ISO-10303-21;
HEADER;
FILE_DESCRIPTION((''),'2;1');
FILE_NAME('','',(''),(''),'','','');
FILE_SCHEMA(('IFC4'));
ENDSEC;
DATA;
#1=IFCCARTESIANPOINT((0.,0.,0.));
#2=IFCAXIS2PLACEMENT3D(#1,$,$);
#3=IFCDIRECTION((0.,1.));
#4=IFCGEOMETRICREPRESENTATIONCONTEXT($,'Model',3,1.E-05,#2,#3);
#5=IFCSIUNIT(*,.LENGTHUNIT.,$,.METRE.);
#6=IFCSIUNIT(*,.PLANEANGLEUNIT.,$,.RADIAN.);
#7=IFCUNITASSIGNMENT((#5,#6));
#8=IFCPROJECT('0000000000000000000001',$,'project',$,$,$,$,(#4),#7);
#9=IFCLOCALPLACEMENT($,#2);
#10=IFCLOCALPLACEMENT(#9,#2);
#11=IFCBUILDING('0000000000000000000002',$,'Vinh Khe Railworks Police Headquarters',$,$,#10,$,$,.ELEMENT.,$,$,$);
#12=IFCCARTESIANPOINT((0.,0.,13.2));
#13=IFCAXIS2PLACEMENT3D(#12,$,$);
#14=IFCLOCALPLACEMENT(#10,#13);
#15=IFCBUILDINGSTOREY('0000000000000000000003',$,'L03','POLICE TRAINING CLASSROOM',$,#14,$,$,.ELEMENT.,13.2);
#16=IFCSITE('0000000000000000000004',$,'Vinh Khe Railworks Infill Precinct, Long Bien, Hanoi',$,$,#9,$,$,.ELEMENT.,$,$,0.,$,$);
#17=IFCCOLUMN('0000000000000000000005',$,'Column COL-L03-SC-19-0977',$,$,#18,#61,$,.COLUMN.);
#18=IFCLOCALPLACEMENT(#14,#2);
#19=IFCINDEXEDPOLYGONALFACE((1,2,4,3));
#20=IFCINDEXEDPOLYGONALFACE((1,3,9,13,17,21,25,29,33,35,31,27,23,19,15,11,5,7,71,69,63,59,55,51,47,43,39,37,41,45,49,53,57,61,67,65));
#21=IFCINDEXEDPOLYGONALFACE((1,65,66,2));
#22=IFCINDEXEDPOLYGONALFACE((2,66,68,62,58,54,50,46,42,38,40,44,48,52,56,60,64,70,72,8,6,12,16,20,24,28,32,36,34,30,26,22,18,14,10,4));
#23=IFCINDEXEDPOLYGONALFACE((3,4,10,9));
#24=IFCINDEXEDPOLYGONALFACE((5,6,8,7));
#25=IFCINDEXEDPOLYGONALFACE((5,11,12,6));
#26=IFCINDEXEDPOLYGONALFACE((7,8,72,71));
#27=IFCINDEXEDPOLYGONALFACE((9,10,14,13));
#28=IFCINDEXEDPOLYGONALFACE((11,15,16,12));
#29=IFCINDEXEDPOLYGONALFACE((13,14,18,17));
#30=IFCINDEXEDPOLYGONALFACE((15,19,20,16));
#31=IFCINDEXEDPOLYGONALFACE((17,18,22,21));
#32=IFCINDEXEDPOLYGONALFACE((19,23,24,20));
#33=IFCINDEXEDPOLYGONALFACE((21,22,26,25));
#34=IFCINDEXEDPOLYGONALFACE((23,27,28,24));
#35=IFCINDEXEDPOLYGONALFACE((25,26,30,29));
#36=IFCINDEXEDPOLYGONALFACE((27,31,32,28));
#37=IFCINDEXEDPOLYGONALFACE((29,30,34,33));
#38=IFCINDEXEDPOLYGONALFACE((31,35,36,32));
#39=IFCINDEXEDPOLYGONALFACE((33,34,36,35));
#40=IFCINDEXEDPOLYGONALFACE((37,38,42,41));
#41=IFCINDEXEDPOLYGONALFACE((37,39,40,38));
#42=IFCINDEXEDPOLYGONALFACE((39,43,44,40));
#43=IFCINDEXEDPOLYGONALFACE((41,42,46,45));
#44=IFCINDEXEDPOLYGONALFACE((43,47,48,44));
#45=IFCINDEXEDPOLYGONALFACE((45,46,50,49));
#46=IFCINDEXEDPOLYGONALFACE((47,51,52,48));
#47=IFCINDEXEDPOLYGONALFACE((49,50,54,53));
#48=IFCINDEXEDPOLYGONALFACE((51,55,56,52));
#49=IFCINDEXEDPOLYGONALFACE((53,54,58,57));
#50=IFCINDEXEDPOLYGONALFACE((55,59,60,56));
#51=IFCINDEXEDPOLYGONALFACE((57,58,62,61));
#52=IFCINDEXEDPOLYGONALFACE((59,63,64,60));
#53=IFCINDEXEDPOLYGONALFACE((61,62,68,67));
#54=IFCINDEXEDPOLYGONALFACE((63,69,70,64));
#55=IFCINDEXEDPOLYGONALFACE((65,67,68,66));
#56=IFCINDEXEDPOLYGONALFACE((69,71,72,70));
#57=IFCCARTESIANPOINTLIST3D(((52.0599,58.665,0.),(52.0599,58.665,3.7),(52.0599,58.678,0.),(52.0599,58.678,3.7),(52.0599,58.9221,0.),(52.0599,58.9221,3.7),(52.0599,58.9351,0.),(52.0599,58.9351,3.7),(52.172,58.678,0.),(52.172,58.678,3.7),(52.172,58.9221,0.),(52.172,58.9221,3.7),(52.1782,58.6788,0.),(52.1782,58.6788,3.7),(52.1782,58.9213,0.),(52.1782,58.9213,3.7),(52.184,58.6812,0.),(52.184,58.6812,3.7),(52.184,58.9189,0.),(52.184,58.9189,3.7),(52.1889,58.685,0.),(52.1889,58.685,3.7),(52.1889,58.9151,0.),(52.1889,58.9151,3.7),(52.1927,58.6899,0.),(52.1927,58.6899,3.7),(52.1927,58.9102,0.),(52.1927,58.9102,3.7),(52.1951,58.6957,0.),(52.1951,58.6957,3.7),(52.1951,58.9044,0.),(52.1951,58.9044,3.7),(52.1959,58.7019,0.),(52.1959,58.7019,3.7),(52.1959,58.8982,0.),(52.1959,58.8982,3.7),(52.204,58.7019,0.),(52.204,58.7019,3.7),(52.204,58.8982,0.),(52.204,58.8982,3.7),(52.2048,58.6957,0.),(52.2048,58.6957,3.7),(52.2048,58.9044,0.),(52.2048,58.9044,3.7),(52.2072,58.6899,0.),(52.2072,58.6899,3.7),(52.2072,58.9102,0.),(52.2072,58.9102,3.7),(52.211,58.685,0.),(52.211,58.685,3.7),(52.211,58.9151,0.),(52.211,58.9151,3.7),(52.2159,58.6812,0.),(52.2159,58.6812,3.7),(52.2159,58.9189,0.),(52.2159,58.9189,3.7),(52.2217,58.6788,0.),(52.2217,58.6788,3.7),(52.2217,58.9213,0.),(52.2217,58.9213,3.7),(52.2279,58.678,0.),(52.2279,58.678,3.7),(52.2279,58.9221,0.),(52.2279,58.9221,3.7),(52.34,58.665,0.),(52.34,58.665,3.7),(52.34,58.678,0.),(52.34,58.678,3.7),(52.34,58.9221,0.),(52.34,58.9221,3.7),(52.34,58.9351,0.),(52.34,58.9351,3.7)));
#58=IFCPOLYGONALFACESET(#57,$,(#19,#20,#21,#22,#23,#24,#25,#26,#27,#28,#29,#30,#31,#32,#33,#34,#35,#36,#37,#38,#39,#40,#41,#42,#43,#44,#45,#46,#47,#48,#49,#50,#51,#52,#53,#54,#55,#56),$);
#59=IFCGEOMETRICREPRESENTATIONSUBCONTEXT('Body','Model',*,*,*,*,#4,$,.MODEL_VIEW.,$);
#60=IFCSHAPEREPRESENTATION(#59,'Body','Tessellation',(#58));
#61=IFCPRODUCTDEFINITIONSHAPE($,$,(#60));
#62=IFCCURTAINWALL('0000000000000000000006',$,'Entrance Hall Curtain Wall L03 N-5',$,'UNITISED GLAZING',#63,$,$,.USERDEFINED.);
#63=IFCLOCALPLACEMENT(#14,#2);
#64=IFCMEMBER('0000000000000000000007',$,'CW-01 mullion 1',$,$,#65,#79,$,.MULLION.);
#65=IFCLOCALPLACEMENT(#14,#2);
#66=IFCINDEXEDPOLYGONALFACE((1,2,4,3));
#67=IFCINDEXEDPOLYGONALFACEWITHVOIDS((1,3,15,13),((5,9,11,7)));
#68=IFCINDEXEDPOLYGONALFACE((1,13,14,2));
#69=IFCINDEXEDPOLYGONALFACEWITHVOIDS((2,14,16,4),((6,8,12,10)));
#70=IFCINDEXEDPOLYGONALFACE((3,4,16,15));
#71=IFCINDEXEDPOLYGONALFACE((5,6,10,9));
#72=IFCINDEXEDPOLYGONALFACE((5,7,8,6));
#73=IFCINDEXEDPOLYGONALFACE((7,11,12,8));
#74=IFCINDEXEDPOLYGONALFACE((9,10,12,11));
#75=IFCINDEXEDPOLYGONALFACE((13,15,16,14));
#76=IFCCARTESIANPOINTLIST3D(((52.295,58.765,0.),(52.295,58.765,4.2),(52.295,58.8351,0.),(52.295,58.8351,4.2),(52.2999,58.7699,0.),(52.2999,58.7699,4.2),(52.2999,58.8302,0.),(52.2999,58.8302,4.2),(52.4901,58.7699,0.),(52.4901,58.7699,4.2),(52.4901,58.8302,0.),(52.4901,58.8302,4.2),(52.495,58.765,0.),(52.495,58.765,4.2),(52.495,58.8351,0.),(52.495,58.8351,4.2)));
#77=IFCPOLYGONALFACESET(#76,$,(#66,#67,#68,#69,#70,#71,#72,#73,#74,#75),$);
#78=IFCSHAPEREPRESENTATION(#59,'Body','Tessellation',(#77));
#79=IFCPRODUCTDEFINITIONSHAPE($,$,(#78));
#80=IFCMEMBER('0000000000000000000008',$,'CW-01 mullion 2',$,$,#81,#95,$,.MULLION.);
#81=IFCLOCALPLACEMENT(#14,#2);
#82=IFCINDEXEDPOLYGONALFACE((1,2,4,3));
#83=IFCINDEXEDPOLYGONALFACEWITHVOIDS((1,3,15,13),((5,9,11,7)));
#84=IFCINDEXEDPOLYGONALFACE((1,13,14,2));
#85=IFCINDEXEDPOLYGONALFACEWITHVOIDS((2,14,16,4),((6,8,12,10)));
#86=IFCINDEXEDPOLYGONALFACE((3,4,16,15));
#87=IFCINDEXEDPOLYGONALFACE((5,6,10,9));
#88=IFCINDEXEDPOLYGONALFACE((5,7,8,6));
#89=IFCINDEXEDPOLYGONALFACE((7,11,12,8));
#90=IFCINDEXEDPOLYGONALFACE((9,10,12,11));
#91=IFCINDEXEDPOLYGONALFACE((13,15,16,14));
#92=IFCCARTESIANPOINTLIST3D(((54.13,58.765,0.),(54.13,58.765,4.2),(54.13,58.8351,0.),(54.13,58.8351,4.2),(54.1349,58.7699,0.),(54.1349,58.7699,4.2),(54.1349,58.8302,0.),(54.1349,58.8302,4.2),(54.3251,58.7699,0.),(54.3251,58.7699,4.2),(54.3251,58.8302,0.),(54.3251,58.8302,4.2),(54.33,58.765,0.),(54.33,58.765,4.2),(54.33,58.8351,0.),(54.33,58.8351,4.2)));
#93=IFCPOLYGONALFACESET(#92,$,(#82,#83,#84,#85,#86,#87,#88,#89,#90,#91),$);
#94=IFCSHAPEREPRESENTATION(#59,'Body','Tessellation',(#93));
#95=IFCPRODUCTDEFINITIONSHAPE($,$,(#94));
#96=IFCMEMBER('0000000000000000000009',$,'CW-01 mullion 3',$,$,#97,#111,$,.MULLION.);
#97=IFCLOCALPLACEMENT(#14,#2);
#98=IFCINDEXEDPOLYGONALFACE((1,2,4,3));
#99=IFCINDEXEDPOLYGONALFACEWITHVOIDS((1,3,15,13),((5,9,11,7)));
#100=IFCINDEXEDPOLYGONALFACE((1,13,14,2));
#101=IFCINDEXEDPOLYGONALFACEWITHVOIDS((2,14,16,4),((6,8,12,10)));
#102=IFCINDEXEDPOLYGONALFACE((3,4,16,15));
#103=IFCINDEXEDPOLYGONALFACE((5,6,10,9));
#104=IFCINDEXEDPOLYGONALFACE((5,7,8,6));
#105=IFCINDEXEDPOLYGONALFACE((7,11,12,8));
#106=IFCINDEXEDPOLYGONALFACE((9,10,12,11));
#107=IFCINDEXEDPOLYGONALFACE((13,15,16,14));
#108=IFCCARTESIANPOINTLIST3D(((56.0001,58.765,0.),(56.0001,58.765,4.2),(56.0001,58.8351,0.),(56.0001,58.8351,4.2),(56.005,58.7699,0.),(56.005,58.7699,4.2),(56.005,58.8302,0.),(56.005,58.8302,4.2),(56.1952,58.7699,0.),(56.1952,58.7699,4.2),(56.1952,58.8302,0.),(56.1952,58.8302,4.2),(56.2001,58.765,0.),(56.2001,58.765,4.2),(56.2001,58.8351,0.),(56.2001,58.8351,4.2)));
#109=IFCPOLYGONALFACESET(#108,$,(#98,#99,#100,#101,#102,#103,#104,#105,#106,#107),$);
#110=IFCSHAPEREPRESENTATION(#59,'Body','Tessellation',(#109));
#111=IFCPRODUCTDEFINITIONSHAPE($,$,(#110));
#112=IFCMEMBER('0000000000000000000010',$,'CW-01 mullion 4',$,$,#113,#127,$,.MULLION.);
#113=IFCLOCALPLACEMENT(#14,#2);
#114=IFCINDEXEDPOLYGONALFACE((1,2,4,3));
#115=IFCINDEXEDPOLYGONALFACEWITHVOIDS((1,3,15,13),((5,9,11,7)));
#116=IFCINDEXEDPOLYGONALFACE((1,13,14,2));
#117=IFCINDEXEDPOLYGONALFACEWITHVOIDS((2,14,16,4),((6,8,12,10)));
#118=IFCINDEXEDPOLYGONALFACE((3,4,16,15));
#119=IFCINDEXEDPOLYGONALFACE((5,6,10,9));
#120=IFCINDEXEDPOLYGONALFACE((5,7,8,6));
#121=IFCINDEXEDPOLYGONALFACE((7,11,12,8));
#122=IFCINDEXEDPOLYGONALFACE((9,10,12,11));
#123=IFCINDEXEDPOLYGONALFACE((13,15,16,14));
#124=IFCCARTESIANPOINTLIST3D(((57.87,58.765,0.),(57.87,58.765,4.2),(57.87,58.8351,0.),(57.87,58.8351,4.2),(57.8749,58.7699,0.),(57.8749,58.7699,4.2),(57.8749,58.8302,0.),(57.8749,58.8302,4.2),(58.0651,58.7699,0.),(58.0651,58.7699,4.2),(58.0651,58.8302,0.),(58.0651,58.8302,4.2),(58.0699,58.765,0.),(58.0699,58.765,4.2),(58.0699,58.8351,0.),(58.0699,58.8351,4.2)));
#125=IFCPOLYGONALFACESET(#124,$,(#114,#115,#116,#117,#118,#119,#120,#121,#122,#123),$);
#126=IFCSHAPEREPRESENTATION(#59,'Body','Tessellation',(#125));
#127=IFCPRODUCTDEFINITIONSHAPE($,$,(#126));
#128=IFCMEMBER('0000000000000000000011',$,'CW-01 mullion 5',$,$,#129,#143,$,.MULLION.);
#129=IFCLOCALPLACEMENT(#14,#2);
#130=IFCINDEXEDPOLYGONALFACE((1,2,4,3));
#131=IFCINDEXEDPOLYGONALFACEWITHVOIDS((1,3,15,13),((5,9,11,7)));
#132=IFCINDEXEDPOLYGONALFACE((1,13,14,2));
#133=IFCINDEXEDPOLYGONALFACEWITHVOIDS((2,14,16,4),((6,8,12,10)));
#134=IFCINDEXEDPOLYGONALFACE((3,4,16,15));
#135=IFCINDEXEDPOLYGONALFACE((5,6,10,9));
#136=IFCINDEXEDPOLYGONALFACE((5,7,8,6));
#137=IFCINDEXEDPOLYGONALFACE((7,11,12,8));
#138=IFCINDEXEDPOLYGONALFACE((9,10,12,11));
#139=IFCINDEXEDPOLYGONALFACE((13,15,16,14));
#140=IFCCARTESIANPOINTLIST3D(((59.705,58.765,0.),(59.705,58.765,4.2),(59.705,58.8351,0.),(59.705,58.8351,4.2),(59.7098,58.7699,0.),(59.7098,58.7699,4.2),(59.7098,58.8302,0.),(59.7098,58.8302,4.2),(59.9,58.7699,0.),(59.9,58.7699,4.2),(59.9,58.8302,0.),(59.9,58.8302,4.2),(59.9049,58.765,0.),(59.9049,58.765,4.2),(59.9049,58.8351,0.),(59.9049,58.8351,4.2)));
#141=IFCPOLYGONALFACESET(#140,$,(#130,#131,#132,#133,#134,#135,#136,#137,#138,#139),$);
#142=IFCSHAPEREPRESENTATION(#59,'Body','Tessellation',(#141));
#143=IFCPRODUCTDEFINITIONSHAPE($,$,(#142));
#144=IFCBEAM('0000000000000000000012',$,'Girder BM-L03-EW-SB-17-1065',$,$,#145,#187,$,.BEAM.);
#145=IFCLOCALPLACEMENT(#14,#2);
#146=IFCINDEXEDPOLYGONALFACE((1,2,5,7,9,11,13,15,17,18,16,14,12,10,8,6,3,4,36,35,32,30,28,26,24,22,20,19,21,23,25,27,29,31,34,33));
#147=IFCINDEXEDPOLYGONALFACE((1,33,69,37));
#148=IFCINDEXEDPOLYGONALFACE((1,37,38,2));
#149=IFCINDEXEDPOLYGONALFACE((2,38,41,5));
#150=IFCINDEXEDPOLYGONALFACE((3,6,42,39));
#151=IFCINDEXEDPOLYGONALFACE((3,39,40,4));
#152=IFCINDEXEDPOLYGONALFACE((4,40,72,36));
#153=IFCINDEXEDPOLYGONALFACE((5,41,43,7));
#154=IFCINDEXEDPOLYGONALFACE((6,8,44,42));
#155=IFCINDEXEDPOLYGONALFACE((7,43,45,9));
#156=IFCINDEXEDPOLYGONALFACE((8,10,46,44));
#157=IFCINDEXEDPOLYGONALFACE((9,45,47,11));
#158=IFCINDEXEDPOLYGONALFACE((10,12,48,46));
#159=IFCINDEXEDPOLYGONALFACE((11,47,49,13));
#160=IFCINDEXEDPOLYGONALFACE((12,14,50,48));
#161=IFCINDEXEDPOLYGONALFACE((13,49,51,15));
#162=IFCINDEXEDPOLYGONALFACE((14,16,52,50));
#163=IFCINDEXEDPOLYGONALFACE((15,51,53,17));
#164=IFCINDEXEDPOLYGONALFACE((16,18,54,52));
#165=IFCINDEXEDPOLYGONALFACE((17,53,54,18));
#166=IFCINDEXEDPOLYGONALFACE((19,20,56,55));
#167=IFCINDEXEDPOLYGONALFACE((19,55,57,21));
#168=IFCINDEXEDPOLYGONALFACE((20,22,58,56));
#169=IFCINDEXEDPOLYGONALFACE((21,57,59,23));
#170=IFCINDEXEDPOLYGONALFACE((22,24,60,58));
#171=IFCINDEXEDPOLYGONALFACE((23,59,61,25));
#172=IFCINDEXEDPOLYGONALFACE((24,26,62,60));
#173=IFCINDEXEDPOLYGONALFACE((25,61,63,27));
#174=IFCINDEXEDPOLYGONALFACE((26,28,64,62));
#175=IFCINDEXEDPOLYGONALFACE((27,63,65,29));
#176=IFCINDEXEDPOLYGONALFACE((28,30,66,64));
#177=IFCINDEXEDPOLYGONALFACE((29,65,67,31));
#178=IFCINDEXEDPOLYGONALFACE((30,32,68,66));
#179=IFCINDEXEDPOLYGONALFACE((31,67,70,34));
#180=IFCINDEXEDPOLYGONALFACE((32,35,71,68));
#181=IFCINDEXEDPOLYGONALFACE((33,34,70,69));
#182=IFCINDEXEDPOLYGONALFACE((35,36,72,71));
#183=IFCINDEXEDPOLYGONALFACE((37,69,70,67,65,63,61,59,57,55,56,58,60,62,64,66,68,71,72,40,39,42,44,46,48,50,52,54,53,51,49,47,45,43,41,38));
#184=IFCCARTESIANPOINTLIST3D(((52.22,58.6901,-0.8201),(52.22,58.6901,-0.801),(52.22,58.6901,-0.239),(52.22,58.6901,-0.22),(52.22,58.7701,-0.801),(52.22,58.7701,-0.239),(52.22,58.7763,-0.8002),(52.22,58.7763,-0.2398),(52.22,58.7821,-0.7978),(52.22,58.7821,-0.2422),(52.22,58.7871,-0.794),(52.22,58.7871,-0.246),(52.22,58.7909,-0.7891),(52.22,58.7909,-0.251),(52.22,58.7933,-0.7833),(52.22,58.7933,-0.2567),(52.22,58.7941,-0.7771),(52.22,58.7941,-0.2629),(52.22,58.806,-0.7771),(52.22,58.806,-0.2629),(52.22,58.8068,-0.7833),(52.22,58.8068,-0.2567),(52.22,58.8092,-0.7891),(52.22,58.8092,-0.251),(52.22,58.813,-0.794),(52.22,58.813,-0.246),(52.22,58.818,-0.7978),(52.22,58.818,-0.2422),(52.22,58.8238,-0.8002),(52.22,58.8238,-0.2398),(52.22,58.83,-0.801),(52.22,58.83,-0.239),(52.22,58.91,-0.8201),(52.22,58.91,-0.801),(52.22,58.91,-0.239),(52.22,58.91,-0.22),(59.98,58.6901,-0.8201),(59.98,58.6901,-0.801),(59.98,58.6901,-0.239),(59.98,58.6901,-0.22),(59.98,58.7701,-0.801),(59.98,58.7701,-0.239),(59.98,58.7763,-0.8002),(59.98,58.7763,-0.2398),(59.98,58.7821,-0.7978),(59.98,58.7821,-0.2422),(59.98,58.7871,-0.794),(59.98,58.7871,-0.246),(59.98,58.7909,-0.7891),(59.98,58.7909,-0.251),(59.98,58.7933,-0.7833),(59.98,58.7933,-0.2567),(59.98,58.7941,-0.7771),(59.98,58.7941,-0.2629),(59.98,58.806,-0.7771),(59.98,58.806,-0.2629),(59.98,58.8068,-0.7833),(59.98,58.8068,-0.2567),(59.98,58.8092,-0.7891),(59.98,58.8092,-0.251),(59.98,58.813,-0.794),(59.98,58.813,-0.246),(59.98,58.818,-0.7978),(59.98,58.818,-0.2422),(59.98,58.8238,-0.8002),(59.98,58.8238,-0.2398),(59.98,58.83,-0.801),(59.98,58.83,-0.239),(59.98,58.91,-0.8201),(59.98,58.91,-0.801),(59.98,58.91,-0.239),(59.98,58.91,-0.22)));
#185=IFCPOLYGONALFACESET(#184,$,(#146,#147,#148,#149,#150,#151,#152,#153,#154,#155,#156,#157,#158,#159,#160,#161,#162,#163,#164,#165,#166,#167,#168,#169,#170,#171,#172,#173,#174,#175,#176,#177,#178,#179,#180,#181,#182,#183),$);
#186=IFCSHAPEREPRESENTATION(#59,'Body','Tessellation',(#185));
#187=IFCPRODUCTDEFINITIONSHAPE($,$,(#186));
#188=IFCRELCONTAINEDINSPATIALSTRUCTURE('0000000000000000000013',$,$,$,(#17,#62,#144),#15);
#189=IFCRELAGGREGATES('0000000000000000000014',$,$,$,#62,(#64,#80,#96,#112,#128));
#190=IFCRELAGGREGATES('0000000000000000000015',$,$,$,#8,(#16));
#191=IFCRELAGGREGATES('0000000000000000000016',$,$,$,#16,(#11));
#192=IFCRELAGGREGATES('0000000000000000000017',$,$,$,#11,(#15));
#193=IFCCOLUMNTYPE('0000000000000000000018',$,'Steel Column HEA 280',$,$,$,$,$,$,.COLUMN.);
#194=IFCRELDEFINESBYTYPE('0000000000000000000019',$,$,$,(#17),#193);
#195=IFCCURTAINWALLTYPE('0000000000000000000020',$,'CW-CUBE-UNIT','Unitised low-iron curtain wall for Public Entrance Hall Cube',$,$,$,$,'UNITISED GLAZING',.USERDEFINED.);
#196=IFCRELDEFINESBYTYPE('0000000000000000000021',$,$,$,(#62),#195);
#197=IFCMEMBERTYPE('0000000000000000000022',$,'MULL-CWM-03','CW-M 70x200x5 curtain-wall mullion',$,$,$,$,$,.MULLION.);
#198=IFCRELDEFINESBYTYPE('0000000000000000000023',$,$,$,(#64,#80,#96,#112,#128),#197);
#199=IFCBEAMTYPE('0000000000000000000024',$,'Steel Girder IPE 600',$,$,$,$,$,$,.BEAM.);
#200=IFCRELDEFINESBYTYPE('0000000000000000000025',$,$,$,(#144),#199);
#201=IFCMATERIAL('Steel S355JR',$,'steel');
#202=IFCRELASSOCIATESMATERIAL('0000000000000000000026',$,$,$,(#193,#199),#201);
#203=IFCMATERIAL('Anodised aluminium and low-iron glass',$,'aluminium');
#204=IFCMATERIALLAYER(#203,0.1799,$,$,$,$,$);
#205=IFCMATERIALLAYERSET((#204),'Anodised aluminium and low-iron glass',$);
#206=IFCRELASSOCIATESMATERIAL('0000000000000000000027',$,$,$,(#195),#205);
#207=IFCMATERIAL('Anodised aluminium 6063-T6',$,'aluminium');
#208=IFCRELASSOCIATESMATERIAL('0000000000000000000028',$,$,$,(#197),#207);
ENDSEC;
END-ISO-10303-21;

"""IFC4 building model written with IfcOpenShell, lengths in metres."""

from ifc_helpers import new_model, si_unit, direction, frame, origin, origin_2d, place, context, subcontext, project, spatial, hollow_rectangle, i_section, extrude, material, layer, layer_set, material_profile, profile_set, type_object, element, aggregate, save


model = new_model("IFC4")

# Units and contexts
model_context = context("Model", 3, precision=1e-05, world=origin(), true_north=direction((0.0, 1.0)))
body_context = subcontext(model_context, "Body", "Model", "MODEL_VIEW")
ifc_project = project(units=[si_unit("LENGTHUNIT", "METRE"), si_unit("PLANEANGLEUNIT", "RADIAN")], contexts=[model_context])

# Site, building, storey
site_placement = place(None, origin())
site = spatial("IfcSite", under=ifc_project, at=site_placement, Name="Vinh Khe Railworks Infill Precinct, Long Bien, Hanoi", CompositionType="ELEMENT", RefElevation=0.0)
building_placement = place(site_placement, origin())
building = spatial("IfcBuilding", under=site, at=building_placement, Name="Vinh Khe Railworks Police Headquarters", CompositionType="ELEMENT")
storey_placement = place(building_placement, frame((0.0, 0.0, 13.2)))
storey = spatial("IfcBuildingStorey", under=building, at=storey_placement, Name="L03", Description="POLICE TRAINING CLASSROOM", CompositionType="ELEMENT", Elevation=13.2)

# Column
ifc_material_1 = material(Name="Steel S355JR", Category="steel")
ifc_material_profile_1 = material_profile(ifc_material_1, i_section(OverallWidth=0.28, OverallDepth=0.27, WebThickness=0.0081, FlangeThickness=0.0129, FilletRadius=0.0239, at=origin_2d()), Name="HEA 280")
ifc_profile_set_1 = profile_set([ifc_material_profile_1], Name="Steel S355JR")
column_type = type_object("IfcColumnType", Name="Steel Column HEA 280", PredefinedType="COLUMN", material=ifc_profile_set_1)
column_placement = place(storey_placement, frame((52.2, 58.8, 0.0), z_axis=(0.0, 0.0, 1.0), x_axis=(1.0, 0.0, 0.0)))
element("IfcColumn", 1, at=column_placement, inside=storey, type_object=column_type, Name="Column COL-L03-SC-19-0977", PredefinedType="COLUMN", context=body_context, shape_type="SweptSolid", body=[
    extrude(i_section(OverallWidth=0.28, OverallDepth=0.27, WebThickness=0.0081, FlangeThickness=0.0129, FilletRadius=0.0239, at=origin_2d()), origin(), (0.0, 0.0, 1.0), 3.7),
])

# Curtain wall, members
ifc_material_2 = material(Name="Anodised aluminium and low-iron glass", Category="aluminium")
ifc_layer_1 = layer(ifc_material_2, 0.1799)
ifc_layer_set_1 = layer_set([ifc_layer_1], Name="Anodised aluminium and low-iron glass")
curtain_wall_type = type_object("IfcCurtainWallType", Name="CW-CUBE-UNIT", Description="Unitised low-iron curtain wall for Public Entrance Hall Cube", ElementType="UNITISED GLAZING", PredefinedType="USERDEFINED", material=ifc_layer_set_1)
curtain_wall_placement = place(storey_placement, origin())
curtain_wall = element("IfcCurtainWall", 2, at=curtain_wall_placement, inside=storey, type_object=curtain_wall_type, Name="Entrance Hall Curtain Wall L03 N-5", ObjectType="UNITISED GLAZING", PredefinedType="USERDEFINED")
ifc_material_3 = material(Name="Anodised aluminium 6063-T6", Category="aluminium")
ifc_material_profile_2 = material_profile(ifc_material_3, hollow_rectangle(XDim=0.0701, YDim=0.2, WallThickness=0.0049, at=origin_2d()), Name="CW-M 70x200x5")
ifc_profile_set_2 = profile_set([ifc_material_profile_2], Name="Anodised aluminium 6063-T6")
member_type_1 = type_object("IfcMemberType", Name="MULL-CWM-03", Description="CW-M 70x200x5 curtain-wall mullion", PredefinedType="MULLION", material=ifc_profile_set_2)
member_1_placement = place(storey_placement, frame((52.395, 58.8, 0.0), z_axis=(0.0, 0.0, 1.0), x_axis=(0.0, 1.0, 0.0)))
member_1 = element("IfcMember", 3, at=member_1_placement, type_object=member_type_1, Name="CW-01 mullion 1", PredefinedType="MULLION", context=body_context, shape_type="SweptSolid", body=[
    extrude(hollow_rectangle(XDim=0.0701, YDim=0.2, WallThickness=0.0049, at=origin_2d()), origin(), (0.0, 0.0, 1.0), 4.2),
])
member_2_placement = place(storey_placement, frame((54.23, 58.8, 0.0), z_axis=(0.0, 0.0, 1.0), x_axis=(0.0, 1.0, 0.0)))
member_2 = element("IfcMember", 4, at=member_2_placement, type_object=member_type_1, Name="CW-01 mullion 2", PredefinedType="MULLION", context=body_context, shape_type="SweptSolid", body=[
    extrude(hollow_rectangle(XDim=0.0701, YDim=0.2, WallThickness=0.0049, at=origin_2d()), origin(), (0.0, 0.0, 1.0), 4.2),
])
member_3_placement = place(storey_placement, frame((56.1001, 58.8, 0.0), z_axis=(0.0, 0.0, 1.0), x_axis=(0.0, 1.0, 0.0)))
member_3 = element("IfcMember", 5, at=member_3_placement, type_object=member_type_1, Name="CW-01 mullion 3", PredefinedType="MULLION", context=body_context, shape_type="SweptSolid", body=[
    extrude(hollow_rectangle(XDim=0.0701, YDim=0.2, WallThickness=0.0049, at=origin_2d()), origin(), (0.0, 0.0, 1.0), 4.2),
])
member_4_placement = place(storey_placement, frame((57.97, 58.8, 0.0), z_axis=(0.0, 0.0, 1.0), x_axis=(0.0, 1.0, 0.0)))
member_4 = element("IfcMember", 6, at=member_4_placement, type_object=member_type_1, Name="CW-01 mullion 4", PredefinedType="MULLION", context=body_context, shape_type="SweptSolid", body=[
    extrude(hollow_rectangle(XDim=0.0701, YDim=0.2, WallThickness=0.0049, at=origin_2d()), origin(), (0.0, 0.0, 1.0), 4.2),
])
member_5_placement = place(storey_placement, frame((59.8049, 58.8, 0.0), z_axis=(0.0, 0.0, 1.0), x_axis=(0.0, 1.0, 0.0)))
member_5 = element("IfcMember", 7, at=member_5_placement, type_object=member_type_1, Name="CW-01 mullion 5", PredefinedType="MULLION", context=body_context, shape_type="SweptSolid", body=[
    extrude(hollow_rectangle(XDim=0.0701, YDim=0.2, WallThickness=0.0049, at=origin_2d()), origin(), (0.0, 0.0, 1.0), 4.2),
])

# Beam
ifc_material_profile_3 = material_profile(ifc_material_1, i_section(OverallWidth=0.22, OverallDepth=0.6001, WebThickness=0.012, FlangeThickness=0.019, FilletRadius=0.0239, at=origin_2d()), Name="IPE 600")
ifc_profile_set_3 = profile_set([ifc_material_profile_3], Name="Steel S355JR")
beam_type = type_object("IfcBeamType", Name="Steel Girder IPE 600", PredefinedType="BEAM", material=ifc_profile_set_3)
beam_placement = place(storey_placement, frame((52.22, 58.8, -0.52), z_axis=(1.0, 0.0, 0.0), x_axis=(0.0, 1.0, 0.0)))
element("IfcBeam", 8, at=beam_placement, inside=storey, type_object=beam_type, Name="Girder BM-L03-EW-SB-17-1065", PredefinedType="BEAM", context=body_context, shape_type="SweptSolid", body=[
    extrude(i_section(OverallWidth=0.22, OverallDepth=0.6001, WebThickness=0.012, FlangeThickness=0.019, FilletRadius=0.0239, at=origin_2d()), origin(), (0.0, 0.0, 1.0), 7.76),
])

aggregate(curtain_wall, [member_1, member_2, member_3, member_4, member_5])

save(model, "model.ifc")
